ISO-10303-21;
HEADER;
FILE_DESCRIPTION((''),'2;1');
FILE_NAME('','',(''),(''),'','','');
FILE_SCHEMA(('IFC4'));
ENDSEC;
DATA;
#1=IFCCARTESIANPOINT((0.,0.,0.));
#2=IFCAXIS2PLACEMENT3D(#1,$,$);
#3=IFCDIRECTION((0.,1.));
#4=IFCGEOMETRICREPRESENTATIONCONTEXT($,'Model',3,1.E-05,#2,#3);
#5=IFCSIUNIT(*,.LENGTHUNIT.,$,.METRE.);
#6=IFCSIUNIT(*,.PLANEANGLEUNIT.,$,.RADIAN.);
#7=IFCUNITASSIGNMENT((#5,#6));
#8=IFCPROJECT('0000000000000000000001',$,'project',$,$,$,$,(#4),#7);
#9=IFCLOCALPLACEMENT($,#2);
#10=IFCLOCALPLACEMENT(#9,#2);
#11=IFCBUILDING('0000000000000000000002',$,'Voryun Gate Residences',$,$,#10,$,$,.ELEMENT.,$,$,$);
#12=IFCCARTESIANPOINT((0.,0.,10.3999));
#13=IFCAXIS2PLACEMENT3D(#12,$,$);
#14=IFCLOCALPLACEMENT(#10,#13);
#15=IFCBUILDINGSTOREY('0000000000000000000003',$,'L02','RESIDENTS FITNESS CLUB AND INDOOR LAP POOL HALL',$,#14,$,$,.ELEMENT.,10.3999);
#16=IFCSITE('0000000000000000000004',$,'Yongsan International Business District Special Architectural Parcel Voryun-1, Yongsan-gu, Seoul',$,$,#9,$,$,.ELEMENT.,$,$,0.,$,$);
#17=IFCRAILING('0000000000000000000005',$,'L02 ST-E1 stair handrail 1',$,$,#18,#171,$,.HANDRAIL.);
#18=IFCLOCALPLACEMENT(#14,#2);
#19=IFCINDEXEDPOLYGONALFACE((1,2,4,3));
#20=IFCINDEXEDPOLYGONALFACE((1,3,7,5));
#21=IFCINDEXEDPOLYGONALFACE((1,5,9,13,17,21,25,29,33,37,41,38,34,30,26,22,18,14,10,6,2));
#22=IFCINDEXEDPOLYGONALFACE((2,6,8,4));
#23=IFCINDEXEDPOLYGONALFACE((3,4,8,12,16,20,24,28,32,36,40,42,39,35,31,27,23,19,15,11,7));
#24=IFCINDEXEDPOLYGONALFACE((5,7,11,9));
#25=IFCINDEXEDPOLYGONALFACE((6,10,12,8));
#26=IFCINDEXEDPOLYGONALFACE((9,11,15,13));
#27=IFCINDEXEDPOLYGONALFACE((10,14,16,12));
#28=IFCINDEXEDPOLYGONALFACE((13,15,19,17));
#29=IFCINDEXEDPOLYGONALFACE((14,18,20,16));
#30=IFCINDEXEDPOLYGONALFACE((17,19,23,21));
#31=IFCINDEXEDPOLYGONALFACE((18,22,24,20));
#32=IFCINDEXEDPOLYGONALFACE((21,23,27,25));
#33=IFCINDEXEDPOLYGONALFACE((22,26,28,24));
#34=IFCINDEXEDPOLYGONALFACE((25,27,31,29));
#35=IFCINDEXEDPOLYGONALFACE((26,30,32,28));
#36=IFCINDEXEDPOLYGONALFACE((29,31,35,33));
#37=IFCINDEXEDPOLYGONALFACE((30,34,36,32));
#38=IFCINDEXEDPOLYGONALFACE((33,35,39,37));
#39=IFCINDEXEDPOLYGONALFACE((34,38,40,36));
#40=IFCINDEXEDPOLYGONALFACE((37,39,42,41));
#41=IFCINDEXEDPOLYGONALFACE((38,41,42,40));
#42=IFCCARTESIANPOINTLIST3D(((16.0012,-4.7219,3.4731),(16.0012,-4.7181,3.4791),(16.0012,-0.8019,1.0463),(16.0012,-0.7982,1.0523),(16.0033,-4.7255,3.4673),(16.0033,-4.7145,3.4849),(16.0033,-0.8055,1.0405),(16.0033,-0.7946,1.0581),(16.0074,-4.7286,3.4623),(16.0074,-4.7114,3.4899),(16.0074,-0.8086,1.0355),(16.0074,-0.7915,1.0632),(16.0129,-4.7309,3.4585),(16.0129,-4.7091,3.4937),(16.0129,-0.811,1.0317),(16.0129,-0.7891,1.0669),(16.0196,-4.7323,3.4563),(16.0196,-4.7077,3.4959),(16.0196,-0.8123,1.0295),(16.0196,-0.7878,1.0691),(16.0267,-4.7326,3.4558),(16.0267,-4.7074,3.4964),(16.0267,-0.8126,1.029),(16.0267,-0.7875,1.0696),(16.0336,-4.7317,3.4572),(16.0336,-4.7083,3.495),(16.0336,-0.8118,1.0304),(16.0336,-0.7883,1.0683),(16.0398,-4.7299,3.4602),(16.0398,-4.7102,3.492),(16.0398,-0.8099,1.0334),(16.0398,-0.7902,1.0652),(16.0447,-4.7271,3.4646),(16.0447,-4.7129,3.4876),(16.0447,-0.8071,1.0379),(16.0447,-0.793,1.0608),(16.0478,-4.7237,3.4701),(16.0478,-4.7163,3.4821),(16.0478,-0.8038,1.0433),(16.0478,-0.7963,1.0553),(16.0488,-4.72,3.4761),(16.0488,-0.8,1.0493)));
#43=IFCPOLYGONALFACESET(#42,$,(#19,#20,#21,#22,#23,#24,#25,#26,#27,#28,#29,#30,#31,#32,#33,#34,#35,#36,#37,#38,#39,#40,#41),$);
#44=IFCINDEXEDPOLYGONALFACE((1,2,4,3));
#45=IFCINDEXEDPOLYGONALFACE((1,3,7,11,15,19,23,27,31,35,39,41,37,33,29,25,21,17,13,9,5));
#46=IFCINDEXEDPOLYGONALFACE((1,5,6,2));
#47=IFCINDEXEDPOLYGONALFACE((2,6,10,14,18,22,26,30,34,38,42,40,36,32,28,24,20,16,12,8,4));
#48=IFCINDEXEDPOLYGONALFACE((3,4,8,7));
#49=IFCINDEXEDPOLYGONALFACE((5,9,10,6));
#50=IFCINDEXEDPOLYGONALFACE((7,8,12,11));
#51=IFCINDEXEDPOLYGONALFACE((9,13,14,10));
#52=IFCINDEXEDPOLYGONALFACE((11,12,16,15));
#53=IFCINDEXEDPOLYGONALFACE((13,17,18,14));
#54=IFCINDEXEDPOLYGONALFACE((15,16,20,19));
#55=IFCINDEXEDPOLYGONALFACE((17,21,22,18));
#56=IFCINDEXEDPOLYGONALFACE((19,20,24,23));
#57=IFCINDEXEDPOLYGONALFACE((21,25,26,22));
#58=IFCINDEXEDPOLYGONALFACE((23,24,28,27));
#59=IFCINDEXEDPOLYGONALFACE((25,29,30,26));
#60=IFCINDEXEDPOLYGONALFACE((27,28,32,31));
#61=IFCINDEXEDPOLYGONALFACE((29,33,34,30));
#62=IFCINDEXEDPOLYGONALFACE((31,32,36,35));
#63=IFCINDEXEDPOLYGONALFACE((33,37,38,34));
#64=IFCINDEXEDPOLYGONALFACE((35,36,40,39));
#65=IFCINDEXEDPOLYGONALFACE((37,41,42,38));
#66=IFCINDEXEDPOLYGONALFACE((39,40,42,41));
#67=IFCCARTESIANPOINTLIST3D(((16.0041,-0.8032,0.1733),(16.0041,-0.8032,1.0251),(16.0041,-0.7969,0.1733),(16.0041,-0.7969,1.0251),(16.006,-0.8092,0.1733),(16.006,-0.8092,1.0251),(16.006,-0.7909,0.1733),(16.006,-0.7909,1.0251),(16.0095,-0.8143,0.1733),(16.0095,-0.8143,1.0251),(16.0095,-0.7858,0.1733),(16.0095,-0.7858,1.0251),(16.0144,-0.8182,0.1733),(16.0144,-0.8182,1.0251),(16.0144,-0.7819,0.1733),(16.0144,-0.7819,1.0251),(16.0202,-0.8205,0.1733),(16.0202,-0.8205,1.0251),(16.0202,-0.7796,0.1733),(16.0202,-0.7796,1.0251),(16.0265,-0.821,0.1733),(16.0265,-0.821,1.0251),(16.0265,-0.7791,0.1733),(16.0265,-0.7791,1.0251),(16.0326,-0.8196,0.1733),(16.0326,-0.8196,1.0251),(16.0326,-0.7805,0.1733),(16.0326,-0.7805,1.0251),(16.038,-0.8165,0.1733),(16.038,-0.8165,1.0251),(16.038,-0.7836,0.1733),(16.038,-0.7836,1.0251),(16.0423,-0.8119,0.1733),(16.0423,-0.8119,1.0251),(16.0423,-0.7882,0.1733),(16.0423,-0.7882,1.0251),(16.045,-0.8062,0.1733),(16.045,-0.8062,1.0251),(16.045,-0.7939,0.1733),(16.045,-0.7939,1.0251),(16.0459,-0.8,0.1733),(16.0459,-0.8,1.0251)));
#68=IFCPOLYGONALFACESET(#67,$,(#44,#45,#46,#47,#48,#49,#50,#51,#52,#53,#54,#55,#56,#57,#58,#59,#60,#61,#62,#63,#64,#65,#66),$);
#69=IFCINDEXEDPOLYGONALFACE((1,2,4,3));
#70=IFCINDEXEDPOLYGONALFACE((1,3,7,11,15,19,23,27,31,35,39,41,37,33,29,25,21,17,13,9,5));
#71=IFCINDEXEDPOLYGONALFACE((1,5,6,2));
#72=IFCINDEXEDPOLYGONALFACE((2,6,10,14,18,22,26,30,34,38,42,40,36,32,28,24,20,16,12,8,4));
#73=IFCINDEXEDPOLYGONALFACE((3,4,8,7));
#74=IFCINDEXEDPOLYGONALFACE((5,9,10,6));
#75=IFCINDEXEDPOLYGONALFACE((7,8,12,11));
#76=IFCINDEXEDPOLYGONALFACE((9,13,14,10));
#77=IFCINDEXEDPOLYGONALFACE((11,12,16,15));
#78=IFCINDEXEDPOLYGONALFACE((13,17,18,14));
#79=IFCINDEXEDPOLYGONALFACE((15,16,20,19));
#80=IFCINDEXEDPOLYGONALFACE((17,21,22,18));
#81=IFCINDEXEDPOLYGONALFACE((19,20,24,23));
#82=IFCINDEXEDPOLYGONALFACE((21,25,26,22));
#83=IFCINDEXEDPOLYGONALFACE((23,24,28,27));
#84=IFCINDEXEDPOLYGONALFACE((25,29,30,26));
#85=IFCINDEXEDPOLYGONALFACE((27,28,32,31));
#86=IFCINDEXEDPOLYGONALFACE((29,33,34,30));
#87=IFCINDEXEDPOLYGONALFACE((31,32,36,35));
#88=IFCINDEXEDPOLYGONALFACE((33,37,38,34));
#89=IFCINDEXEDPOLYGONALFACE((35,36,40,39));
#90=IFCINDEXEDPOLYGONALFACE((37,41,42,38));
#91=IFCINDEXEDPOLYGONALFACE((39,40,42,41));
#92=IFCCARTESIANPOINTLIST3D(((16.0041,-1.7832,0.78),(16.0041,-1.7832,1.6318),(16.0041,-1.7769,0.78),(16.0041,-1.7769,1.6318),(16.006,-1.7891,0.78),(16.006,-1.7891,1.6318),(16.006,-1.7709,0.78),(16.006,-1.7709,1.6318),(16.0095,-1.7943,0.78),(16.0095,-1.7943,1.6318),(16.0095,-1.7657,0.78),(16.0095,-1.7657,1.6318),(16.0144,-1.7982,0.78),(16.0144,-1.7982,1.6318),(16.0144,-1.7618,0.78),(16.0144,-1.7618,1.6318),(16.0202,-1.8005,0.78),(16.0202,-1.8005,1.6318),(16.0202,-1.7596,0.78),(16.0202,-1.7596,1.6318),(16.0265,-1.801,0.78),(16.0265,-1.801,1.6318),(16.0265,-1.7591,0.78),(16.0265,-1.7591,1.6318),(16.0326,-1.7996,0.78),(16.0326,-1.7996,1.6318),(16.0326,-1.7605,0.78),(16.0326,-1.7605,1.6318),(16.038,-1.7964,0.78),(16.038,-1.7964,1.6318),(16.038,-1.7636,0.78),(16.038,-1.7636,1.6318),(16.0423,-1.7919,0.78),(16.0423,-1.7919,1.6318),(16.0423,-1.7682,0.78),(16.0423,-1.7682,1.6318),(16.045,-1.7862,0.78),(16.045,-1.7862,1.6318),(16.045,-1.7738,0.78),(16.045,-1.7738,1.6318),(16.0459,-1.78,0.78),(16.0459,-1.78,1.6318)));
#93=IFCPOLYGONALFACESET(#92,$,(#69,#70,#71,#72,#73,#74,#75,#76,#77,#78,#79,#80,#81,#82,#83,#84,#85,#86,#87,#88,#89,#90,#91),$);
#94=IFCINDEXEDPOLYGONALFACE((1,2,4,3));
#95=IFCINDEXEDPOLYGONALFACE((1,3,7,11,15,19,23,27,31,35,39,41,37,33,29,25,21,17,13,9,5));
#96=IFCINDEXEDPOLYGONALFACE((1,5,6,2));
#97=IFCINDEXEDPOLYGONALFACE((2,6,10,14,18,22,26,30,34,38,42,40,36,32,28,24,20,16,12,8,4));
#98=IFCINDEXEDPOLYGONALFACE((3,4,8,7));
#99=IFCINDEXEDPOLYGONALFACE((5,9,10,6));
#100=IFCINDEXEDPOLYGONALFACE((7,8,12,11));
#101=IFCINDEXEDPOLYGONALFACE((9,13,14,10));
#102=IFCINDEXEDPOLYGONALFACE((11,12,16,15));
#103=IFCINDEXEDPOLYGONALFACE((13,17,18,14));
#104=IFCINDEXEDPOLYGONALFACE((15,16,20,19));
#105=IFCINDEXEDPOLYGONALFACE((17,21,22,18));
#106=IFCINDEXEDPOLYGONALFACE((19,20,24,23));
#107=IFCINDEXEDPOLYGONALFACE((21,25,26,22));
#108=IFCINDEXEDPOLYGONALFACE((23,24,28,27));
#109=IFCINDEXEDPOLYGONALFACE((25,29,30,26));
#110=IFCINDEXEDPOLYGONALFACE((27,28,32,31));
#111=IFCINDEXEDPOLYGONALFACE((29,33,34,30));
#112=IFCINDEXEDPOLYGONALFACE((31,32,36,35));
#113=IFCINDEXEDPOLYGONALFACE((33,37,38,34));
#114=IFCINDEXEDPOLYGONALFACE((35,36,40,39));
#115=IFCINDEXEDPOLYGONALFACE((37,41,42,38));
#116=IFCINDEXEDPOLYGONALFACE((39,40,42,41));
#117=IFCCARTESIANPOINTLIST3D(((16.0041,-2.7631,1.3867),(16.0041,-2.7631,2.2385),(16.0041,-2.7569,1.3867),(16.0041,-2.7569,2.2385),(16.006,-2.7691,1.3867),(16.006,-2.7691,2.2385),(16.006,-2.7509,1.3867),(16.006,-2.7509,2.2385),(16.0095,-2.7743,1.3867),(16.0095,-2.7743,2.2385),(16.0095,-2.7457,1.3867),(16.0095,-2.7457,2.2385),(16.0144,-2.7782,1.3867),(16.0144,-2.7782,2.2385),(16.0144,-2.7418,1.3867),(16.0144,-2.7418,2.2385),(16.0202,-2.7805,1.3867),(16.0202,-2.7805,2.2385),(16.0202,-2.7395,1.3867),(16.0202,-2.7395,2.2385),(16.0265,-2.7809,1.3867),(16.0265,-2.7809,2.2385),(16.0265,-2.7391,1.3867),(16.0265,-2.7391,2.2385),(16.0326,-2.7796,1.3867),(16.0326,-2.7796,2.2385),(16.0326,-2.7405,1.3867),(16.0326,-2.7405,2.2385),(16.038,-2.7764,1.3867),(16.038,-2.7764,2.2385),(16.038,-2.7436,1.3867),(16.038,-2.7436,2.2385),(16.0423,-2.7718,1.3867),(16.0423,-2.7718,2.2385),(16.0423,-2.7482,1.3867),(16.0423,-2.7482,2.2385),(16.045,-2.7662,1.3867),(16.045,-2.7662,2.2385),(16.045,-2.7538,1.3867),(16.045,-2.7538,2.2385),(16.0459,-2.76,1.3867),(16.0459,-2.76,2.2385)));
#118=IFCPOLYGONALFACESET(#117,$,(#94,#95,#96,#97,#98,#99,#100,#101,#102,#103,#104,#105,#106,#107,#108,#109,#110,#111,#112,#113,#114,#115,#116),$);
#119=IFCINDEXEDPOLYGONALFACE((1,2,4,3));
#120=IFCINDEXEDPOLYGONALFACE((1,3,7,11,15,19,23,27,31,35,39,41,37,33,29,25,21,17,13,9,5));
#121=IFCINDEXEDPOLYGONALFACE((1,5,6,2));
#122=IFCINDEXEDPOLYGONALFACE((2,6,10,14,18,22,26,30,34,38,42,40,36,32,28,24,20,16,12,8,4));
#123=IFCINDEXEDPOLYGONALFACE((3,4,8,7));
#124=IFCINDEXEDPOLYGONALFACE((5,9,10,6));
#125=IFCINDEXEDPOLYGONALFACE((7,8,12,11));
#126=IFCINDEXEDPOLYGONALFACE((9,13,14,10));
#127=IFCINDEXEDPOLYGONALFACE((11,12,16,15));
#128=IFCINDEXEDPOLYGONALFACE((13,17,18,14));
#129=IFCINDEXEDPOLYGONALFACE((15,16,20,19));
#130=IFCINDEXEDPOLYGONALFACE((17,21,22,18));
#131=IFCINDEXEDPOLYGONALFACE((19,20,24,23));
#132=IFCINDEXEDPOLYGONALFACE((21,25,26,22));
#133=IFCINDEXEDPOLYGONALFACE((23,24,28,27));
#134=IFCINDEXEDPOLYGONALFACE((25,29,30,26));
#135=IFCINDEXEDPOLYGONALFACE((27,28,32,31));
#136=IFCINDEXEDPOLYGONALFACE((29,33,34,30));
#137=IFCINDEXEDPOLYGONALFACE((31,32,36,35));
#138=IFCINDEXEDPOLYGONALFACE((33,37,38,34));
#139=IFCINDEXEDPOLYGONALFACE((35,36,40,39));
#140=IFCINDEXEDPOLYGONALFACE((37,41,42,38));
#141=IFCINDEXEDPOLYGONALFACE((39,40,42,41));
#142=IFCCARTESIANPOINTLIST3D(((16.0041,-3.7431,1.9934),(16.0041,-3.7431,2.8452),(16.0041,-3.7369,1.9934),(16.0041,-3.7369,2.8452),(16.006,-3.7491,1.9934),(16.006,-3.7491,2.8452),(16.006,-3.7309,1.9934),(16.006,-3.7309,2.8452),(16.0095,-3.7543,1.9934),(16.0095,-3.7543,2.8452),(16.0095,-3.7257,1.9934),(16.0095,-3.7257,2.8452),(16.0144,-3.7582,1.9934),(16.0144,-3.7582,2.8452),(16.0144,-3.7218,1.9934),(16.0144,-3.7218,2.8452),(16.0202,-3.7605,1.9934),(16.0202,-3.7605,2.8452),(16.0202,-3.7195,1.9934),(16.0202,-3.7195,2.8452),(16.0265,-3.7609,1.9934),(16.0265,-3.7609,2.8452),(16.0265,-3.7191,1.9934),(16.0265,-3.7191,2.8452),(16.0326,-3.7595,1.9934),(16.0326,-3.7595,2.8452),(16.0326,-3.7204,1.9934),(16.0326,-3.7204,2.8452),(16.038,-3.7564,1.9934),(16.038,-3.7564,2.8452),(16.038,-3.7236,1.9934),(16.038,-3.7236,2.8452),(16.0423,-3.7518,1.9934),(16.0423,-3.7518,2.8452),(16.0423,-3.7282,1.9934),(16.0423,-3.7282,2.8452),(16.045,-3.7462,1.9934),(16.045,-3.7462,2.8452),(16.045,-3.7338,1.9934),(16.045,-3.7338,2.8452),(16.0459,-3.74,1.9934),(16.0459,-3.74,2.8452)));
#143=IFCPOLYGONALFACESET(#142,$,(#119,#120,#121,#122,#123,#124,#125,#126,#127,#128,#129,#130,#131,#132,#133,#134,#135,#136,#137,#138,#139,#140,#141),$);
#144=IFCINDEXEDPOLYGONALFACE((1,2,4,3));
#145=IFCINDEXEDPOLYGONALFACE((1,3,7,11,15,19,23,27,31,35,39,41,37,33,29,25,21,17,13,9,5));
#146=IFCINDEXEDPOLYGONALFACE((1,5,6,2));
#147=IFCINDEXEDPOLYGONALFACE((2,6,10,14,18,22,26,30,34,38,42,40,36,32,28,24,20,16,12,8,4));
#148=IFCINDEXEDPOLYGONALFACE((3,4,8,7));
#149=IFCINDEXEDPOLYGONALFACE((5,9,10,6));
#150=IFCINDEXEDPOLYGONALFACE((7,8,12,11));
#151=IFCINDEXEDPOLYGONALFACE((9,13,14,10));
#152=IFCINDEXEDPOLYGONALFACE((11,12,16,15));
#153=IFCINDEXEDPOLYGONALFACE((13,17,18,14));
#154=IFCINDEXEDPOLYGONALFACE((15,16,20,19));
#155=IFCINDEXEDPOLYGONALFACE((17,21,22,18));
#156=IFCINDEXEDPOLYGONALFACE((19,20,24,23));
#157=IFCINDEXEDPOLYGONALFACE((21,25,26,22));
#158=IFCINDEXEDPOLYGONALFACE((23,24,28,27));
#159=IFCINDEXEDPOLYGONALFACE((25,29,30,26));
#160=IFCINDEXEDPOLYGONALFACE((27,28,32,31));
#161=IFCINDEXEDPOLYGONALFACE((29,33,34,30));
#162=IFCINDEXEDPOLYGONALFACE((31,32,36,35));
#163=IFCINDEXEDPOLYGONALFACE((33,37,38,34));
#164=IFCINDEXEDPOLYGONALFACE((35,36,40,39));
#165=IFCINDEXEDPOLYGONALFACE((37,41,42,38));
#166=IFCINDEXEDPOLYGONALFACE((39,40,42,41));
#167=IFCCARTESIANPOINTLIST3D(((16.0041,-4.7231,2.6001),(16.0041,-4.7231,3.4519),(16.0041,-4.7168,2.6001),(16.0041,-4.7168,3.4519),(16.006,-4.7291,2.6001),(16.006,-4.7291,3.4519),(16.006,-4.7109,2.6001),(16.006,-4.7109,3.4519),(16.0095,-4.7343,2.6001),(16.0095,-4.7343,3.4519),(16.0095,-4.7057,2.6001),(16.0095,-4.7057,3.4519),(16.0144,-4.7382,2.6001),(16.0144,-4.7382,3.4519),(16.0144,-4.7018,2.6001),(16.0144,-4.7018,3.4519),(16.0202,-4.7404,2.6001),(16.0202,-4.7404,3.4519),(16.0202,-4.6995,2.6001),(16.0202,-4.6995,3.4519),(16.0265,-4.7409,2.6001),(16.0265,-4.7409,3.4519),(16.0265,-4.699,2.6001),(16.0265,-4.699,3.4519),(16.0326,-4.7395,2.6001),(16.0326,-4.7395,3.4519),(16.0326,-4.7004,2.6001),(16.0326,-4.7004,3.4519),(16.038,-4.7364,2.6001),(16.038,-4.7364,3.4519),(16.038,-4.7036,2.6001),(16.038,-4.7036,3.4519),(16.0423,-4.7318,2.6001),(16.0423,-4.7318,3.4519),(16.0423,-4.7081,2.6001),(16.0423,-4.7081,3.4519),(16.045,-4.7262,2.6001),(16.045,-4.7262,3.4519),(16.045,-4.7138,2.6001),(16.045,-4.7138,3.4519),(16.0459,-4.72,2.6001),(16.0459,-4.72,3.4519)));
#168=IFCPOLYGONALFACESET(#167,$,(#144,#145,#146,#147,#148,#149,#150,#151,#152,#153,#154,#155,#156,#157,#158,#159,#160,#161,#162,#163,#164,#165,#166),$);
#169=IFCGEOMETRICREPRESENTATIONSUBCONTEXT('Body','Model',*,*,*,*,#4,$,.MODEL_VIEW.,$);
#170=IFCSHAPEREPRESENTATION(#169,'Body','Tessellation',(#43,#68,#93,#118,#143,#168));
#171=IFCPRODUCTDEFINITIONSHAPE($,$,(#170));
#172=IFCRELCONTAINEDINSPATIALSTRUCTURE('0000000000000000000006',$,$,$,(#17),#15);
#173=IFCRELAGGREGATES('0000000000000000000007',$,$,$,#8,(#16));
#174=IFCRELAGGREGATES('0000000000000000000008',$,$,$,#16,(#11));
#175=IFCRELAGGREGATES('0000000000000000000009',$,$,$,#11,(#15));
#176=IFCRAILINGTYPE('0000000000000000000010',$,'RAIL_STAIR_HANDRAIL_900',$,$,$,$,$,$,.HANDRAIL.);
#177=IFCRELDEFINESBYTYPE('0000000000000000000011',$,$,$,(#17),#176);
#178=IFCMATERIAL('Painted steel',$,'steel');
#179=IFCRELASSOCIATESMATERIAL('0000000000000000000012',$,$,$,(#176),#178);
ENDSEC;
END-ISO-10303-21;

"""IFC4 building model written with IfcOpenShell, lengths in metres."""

from ifc_helpers import new_model, si_unit, direction, frame, origin, origin_2d, place, context, subcontext, project, spatial, circle, extrude, material, type_object, element, save


model = new_model("IFC4")

# Units and contexts
model_context = context("Model", 3, precision=1e-05, world=origin(), true_north=direction((0.0, 1.0)))
body_context = subcontext(model_context, "Body", "Model", "MODEL_VIEW")
ifc_project = project(units=[si_unit("LENGTHUNIT", "METRE"), si_unit("PLANEANGLEUNIT", "RADIAN")], contexts=[model_context])

# Site, building, storey
site_placement = place(None, origin())
site = spatial("IfcSite", under=ifc_project, at=site_placement, Name="Yongsan International Business District Special Architectural Parcel Voryun-1, Yongsan-gu, Seoul", CompositionType="ELEMENT", RefElevation=0.0)
building_placement = place(site_placement, origin())
building = spatial("IfcBuilding", under=site, at=building_placement, Name="Voryun Gate Residences", CompositionType="ELEMENT")
storey_placement = place(building_placement, frame((0.0, 0.0, 10.3999)))
storey = spatial("IfcBuildingStorey", under=building, at=storey_placement, Name="L02", Description="RESIDENTS FITNESS CLUB AND INDOOR LAP POOL HALL", CompositionType="ELEMENT", Elevation=10.3999)

# Railing
ifc_material_1 = material(Name="Painted steel", Category="steel")
railing_type_1 = type_object("IfcRailingType", Name="RAIL_STAIR_HANDRAIL_900", PredefinedType="HANDRAIL", material=ifc_material_1)
railing_1_placement = place(storey_placement, frame((16.0249, -0.8, 0.1733)))
element("IfcRailing", 1, at=railing_1_placement, inside=storey, type_object=railing_type_1, Name="L02 ST-E1 stair handrail 1", PredefinedType="HANDRAIL", context=body_context, shape_type="SweptSolid", body=[
    extrude(circle(Radius=0.0239, at=origin_2d()), frame((0.0, 0.0, 0.876), z_axis=(0.0, -0.850252, 0.526376), x_axis=(1.0, 0.0, 0.0)), (0.0, 0.0, 1.0), 4.6104),
    extrude(circle(Radius=0.021, at=origin_2d()), origin(), (0.0, 0.0, 1.0), 0.8518),
    extrude(circle(Radius=0.021, at=origin_2d()), frame((0.0, -0.98, 0.6067)), (0.0, 0.0, 1.0), 0.8518),
    extrude(circle(Radius=0.021, at=origin_2d()), frame((0.0, -1.96, 1.2134)), (0.0, 0.0, 1.0), 0.8518),
    extrude(circle(Radius=0.021, at=origin_2d()), frame((0.0, -2.9399, 1.8201)), (0.0, 0.0, 1.0), 0.8518),
    extrude(circle(Radius=0.021, at=origin_2d()), frame((0.0, -3.9199, 2.4268)), (0.0, 0.0, 1.0), 0.8518),
])

save(model, "model.ifc")
